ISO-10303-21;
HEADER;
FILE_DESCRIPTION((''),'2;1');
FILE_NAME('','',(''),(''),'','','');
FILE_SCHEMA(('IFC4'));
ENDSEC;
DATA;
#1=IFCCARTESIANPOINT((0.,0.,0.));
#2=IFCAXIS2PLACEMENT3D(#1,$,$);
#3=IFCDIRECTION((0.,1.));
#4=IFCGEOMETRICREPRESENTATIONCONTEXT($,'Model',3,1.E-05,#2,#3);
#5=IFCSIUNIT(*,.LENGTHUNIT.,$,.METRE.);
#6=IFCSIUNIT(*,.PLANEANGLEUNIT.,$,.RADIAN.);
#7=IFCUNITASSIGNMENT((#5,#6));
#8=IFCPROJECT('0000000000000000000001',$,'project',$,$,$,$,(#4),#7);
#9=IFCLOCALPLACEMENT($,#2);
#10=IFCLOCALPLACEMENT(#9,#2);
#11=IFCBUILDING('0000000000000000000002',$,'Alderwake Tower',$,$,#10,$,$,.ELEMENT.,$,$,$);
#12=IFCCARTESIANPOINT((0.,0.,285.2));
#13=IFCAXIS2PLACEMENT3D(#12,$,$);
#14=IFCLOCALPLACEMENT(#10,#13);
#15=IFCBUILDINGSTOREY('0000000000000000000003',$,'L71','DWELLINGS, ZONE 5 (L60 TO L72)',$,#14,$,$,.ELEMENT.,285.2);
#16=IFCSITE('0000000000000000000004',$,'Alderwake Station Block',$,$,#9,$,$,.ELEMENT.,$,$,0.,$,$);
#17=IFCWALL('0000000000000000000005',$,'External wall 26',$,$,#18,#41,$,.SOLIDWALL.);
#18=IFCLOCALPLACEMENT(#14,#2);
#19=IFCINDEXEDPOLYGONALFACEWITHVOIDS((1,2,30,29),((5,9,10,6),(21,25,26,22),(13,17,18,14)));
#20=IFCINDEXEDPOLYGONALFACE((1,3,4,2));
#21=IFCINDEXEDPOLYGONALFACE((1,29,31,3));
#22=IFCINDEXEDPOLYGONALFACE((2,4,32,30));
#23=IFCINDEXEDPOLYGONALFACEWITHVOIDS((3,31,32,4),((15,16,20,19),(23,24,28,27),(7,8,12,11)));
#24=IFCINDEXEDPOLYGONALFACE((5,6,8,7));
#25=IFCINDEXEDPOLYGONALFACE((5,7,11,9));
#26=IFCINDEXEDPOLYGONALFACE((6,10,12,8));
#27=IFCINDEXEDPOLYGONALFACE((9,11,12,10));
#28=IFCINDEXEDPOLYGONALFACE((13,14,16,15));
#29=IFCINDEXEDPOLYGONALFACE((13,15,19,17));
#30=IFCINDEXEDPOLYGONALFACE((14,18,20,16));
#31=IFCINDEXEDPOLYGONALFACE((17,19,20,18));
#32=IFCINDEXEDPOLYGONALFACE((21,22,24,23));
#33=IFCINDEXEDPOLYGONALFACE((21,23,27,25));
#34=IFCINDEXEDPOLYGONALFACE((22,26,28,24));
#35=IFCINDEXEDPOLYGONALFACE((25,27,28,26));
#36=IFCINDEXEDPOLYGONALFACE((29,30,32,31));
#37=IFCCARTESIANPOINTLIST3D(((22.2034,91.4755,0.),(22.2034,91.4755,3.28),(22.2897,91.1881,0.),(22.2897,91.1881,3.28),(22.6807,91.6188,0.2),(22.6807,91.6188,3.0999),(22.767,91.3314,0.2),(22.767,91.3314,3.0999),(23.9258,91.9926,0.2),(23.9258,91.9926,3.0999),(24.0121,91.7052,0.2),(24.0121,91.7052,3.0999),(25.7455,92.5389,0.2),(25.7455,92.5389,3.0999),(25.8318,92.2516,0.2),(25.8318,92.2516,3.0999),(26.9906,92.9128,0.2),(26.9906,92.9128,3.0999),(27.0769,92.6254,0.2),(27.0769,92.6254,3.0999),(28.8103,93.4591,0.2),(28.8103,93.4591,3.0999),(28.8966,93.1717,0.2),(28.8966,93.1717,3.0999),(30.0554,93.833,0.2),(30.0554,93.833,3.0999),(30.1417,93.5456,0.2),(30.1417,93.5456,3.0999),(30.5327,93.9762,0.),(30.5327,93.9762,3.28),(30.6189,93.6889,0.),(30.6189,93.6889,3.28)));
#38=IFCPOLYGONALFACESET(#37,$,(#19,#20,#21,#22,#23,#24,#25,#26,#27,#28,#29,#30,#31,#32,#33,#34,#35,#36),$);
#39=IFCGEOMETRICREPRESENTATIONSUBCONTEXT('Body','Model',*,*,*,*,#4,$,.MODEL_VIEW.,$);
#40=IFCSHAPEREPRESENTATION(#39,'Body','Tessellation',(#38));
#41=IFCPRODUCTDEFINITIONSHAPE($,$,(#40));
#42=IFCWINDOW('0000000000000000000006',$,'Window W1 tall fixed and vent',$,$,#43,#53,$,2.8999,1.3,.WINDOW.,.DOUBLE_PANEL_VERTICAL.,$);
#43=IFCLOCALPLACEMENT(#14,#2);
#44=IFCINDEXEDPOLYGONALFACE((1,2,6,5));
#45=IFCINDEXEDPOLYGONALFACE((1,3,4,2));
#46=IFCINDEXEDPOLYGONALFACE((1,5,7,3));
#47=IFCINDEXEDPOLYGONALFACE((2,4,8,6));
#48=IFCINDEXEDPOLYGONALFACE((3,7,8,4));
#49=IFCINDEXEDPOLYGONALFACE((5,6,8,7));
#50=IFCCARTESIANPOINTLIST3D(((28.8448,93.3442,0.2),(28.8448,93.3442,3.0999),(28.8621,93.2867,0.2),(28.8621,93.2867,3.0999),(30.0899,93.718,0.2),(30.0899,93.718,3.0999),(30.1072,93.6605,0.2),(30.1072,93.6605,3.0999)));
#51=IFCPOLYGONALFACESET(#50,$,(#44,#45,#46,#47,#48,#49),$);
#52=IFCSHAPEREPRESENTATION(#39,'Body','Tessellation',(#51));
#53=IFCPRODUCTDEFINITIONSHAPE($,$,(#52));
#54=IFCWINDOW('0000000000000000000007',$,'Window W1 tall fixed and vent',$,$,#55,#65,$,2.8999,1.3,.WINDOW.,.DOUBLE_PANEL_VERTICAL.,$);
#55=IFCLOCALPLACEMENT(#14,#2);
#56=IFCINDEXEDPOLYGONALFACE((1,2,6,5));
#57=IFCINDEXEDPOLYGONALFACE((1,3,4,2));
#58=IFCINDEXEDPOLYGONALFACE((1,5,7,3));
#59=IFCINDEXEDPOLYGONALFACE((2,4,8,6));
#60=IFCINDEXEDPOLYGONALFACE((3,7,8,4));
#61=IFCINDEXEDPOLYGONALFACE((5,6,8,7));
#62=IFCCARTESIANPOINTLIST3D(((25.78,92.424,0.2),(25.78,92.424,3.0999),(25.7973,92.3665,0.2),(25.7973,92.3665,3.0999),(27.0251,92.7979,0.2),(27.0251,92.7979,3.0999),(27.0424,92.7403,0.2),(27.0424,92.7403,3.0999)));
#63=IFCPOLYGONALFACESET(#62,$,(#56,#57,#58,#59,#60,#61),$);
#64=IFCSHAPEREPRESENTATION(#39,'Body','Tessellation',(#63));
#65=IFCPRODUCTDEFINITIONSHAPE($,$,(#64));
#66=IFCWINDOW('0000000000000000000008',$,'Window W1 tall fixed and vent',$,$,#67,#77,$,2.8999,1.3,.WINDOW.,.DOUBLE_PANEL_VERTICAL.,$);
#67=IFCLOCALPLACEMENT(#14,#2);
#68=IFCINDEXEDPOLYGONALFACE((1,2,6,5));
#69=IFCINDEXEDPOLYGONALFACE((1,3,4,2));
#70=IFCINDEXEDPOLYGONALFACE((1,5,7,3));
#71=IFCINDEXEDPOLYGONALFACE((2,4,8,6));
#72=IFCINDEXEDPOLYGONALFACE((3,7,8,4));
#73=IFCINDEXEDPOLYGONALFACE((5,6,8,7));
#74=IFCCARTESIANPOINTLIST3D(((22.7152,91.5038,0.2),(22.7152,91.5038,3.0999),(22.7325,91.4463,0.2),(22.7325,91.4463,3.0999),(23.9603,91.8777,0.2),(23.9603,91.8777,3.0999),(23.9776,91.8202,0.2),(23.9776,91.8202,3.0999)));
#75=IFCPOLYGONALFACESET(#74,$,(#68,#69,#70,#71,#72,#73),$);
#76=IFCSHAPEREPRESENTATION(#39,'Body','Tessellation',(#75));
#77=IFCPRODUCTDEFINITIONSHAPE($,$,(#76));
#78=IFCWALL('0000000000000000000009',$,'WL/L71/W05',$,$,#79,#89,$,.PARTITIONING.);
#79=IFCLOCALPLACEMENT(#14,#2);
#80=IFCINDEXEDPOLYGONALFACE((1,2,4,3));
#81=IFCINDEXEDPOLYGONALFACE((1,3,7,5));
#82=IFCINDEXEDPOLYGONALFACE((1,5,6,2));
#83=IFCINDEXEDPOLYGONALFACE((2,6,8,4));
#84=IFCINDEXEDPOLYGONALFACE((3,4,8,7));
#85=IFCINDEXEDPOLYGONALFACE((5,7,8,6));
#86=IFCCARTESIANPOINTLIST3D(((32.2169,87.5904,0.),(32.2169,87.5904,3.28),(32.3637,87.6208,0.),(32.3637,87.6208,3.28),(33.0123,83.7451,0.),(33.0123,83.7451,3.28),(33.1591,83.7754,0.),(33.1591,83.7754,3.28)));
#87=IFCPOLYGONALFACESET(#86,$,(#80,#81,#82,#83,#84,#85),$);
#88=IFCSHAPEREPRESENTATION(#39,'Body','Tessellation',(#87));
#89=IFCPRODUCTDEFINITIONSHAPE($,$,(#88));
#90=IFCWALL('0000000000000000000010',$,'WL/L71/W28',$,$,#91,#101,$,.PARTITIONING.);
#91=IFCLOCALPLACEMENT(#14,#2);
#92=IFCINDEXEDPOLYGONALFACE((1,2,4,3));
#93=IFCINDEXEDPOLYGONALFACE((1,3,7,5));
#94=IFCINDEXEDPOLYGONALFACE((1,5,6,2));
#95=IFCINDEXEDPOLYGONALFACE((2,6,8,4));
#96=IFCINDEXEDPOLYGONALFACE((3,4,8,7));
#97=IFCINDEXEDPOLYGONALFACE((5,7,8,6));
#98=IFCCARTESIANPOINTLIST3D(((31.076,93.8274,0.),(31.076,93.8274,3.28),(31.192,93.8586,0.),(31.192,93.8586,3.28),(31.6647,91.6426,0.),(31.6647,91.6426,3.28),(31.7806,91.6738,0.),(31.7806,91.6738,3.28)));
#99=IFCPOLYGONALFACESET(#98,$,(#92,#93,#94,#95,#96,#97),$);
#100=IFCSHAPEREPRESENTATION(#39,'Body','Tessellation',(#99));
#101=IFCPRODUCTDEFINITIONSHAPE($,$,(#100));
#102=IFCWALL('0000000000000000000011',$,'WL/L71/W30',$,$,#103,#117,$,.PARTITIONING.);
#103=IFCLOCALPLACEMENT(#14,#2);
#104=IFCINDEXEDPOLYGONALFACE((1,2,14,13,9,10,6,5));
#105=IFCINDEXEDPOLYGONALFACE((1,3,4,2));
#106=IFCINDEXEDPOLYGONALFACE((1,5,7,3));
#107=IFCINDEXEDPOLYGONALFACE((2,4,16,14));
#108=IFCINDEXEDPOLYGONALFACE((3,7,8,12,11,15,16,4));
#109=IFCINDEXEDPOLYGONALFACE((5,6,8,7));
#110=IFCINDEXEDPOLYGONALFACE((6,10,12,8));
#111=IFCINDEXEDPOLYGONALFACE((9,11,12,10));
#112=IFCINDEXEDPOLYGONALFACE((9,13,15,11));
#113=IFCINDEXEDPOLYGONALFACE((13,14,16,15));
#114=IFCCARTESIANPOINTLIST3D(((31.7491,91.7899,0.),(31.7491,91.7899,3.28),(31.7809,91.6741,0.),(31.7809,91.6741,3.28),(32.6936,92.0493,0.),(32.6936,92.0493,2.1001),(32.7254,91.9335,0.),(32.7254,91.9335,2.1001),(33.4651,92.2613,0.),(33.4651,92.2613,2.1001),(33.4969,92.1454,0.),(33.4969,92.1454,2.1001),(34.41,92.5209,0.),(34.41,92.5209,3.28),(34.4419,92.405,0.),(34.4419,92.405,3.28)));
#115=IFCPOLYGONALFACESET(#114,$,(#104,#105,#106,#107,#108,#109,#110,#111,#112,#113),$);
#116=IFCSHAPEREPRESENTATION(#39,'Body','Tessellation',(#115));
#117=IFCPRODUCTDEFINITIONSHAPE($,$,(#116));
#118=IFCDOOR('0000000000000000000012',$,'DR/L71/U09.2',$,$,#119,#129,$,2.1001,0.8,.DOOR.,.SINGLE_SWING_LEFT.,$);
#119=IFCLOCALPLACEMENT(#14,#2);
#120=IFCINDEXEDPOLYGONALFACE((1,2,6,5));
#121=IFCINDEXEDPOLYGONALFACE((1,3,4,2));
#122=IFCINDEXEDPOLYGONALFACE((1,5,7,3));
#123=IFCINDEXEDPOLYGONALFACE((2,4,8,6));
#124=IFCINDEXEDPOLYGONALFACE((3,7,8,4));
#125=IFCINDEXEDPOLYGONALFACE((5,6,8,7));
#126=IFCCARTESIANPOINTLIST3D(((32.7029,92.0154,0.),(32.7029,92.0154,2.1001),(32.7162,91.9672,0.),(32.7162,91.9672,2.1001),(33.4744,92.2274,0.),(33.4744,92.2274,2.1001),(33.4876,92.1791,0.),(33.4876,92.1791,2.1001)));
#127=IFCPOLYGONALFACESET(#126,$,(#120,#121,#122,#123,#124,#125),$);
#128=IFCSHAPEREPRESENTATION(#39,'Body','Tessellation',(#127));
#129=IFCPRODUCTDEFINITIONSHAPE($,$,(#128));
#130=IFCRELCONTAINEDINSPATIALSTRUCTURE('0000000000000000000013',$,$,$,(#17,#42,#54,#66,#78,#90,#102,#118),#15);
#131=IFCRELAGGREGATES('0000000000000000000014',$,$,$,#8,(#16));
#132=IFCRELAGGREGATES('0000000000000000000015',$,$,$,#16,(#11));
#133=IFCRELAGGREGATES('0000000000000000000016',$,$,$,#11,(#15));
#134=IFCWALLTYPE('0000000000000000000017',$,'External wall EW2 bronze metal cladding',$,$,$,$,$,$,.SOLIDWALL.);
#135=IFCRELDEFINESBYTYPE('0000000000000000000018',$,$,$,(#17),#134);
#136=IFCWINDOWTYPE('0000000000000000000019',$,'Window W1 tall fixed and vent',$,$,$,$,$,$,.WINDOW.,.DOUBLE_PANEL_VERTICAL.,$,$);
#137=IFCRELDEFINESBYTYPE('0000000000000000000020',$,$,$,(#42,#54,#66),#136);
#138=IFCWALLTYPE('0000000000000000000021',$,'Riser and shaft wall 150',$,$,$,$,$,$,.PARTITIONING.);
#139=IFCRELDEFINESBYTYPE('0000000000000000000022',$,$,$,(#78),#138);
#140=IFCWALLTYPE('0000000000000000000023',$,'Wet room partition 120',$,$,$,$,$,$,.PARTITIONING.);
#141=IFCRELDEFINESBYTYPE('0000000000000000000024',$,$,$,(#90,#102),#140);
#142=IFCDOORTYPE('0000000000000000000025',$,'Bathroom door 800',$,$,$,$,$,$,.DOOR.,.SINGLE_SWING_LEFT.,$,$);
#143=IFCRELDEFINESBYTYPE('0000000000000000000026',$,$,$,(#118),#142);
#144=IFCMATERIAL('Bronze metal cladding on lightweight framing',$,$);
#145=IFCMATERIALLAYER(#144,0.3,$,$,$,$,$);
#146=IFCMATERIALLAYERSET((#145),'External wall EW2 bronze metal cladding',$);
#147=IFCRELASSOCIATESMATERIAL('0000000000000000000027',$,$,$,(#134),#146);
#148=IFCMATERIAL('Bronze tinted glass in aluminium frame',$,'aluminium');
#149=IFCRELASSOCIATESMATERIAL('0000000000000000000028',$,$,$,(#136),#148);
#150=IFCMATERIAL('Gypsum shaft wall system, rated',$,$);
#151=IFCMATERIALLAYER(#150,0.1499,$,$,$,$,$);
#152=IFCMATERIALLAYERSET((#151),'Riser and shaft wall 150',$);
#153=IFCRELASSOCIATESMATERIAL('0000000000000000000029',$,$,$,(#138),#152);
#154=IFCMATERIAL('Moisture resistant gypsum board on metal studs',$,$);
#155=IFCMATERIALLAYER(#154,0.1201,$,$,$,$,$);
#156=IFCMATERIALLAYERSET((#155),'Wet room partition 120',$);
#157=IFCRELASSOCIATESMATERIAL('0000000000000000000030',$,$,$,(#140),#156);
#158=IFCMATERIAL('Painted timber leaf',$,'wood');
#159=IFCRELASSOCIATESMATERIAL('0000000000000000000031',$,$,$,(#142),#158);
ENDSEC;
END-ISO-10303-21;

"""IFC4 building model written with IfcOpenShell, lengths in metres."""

from ifc_helpers import new_model, si_unit, direction, frame, frame_2d, origin, place, context, subcontext, project, spatial, rectangle, extrude, material, layer, layer_set, type_object, element, fill, save


model = new_model("IFC4")

# Units and contexts
model_context = context("Model", 3, precision=1e-05, world=origin(), true_north=direction((0.0, 1.0)))
body_context = subcontext(model_context, "Body", "Model", "MODEL_VIEW")
ifc_project = project(units=[si_unit("LENGTHUNIT", "METRE"), si_unit("PLANEANGLEUNIT", "RADIAN")], contexts=[model_context])

# Site, building, storey
site_placement = place(None, origin())
site = spatial("IfcSite", under=ifc_project, at=site_placement, Name="Alderwake Station Block", CompositionType="ELEMENT", RefElevation=0.0)
building_placement = place(site_placement, origin())
building = spatial("IfcBuilding", under=site, at=building_placement, Name="Alderwake Tower", CompositionType="ELEMENT")
storey_placement = place(building_placement, frame((0.0, 0.0, 285.2)))
storey = spatial("IfcBuildingStorey", under=building, at=storey_placement, Name="L71", Description="DWELLINGS, ZONE 5 (L60 TO L72)", CompositionType="ELEMENT", Elevation=285.2)

# Wall, openings, windows
ifc_material_1 = material(Name="Bronze metal cladding on lightweight framing")
ifc_layer_1 = layer(ifc_material_1, 0.3)
ifc_layer_set_1 = layer_set([ifc_layer_1], Name="External wall EW2 bronze metal cladding")
wall_type_1 = type_object("IfcWallType", Name="External wall EW2 bronze metal cladding", PredefinedType="SOLIDWALL", material=ifc_layer_set_1)
ifc_material_2 = material(Name="Bronze tinted glass in aluminium frame", Category="aluminium")
window_type_1 = type_object("IfcWindowType", Name="Window W1 tall fixed and vent", PartitioningType="DOUBLE_PANEL_VERTICAL", PredefinedType="WINDOW", material=ifc_material_2)
wall_1_placement = place(storey_placement, frame((30.5757, 93.8325, 0.0), z_axis=(0.0, 0.0, 1.0), x_axis=(-0.957763, -0.287559, 0.0)))
wall_1 = element("IfcWall", 1, at=wall_1_placement, inside=storey, type_object=wall_type_1, Name="External wall 26", PredefinedType="SOLIDWALL", context=body_context, shape_type="SweptSolid", body=[
    extrude(rectangle(XDim=8.6965, YDim=0.3, at=frame_2d((4.3481, 0.0))), origin(), (0.0, 0.0, 1.0), 3.28),
])
opening_1_placement = place(wall_1_placement, frame((0.4983, 0.0, 0.2)))
opening_1 = element("IfcOpeningElement", 2, at=opening_1_placement, cuts=wall_1, PredefinedType="OPENING", context=body_context, shape_type="SweptSolid", body=[
    extrude(rectangle(XDim=1.3, YDim=2.8999, at=frame_2d((0.6499, 1.45))), frame((0.0, 0.1599, 0.0), z_axis=(0.0, -1.0, 0.0), x_axis=(1.0, 0.0, 0.0)), (0.0, 0.0, 1.0), 0.3201),
])
opening_2_placement = place(wall_1_placement, frame((3.6982, 0.0, 0.2)))
opening_2 = element("IfcOpeningElement", 3, at=opening_2_placement, cuts=wall_1, PredefinedType="OPENING", context=body_context, shape_type="SweptSolid", body=[
    extrude(rectangle(XDim=1.3, YDim=2.8999, at=frame_2d((0.6499, 1.45))), frame((0.0, 0.1599, 0.0), z_axis=(0.0, -1.0, 0.0), x_axis=(1.0, 0.0, 0.0)), (0.0, 0.0, 1.0), 0.3201),
])
opening_3_placement = place(wall_1_placement, frame((6.8982, 0.0, 0.2)))
opening_3 = element("IfcOpeningElement", 4, at=opening_3_placement, cuts=wall_1, PredefinedType="OPENING", context=body_context, shape_type="SweptSolid", body=[
    extrude(rectangle(XDim=1.3, YDim=2.8999, at=frame_2d((0.6499, 1.45))), frame((0.0, 0.1599, 0.0), z_axis=(0.0, -1.0, 0.0), x_axis=(1.0, 0.0, 0.0)), (0.0, 0.0, 1.0), 0.3201),
])
window_1_placement = place(opening_1_placement, origin())
window_1 = element("IfcWindow", 5, at=window_1_placement, inside=storey, type_object=window_type_1, Name="Window W1 tall fixed and vent", OverallHeight=2.8999, OverallWidth=1.3, PartitioningType="DOUBLE_PANEL_VERTICAL", PredefinedType="WINDOW", context=body_context, shape_type="SweptSolid", body=[
    extrude(rectangle(XDim=1.3, YDim=2.8999, at=frame_2d((0.6499, 1.45))), frame((0.0, 0.03, 0.0), z_axis=(0.0, -1.0, 0.0), x_axis=(1.0, 0.0, 0.0)), (0.0, 0.0, 1.0), 0.0601),
])
fill(opening_1, window_1)
window_2_placement = place(opening_2_placement, origin())
window_2 = element("IfcWindow", 6, at=window_2_placement, inside=storey, type_object=window_type_1, Name="Window W1 tall fixed and vent", OverallHeight=2.8999, OverallWidth=1.3, PartitioningType="DOUBLE_PANEL_VERTICAL", PredefinedType="WINDOW", context=body_context, shape_type="SweptSolid", body=[
    extrude(rectangle(XDim=1.3, YDim=2.8999, at=frame_2d((0.6499, 1.45))), frame((0.0, 0.03, 0.0), z_axis=(0.0, -1.0, 0.0), x_axis=(1.0, 0.0, 0.0)), (0.0, 0.0, 1.0), 0.0601),
])
fill(opening_2, window_2)
window_3_placement = place(opening_3_placement, origin())
window_3 = element("IfcWindow", 7, at=window_3_placement, inside=storey, type_object=window_type_1, Name="Window W1 tall fixed and vent", OverallHeight=2.8999, OverallWidth=1.3, PartitioningType="DOUBLE_PANEL_VERTICAL", PredefinedType="WINDOW", context=body_context, shape_type="SweptSolid", body=[
    extrude(rectangle(XDim=1.3, YDim=2.8999, at=frame_2d((0.6499, 1.45))), frame((0.0, 0.03, 0.0), z_axis=(0.0, -1.0, 0.0), x_axis=(1.0, 0.0, 0.0)), (0.0, 0.0, 1.0), 0.0601),
])
fill(opening_3, window_3)

# Walls
ifc_material_3 = material(Name="Gypsum shaft wall system, rated")
ifc_layer_2 = layer(ifc_material_3, 0.1499)
ifc_layer_set_2 = layer_set([ifc_layer_2], Name="Riser and shaft wall 150")
wall_type_2 = type_object("IfcWallType", Name="Riser and shaft wall 150", PredefinedType="PARTITIONING", material=ifc_layer_set_2)
wall_2_placement = place(storey_placement, frame((33.0857, 83.7603, 0.0), z_axis=(0.0, 0.0, 1.0), x_axis=(-0.202556, 0.979271, 0.0)))
element("IfcWall", 8, at=wall_2_placement, inside=storey, type_object=wall_type_2, Name="WL/L71/W05", PredefinedType="PARTITIONING", context=body_context, shape_type="SweptSolid", body=[
    extrude(rectangle(XDim=3.9268, YDim=0.1499, at=frame_2d((1.9634, 0.0))), origin(), (0.0, 0.0, 1.0), 3.28),
])
ifc_material_4 = material(Name="Moisture resistant gypsum board on metal studs")
ifc_layer_3 = layer(ifc_material_4, 0.1201)
ifc_layer_set_3 = layer_set([ifc_layer_3], Name="Wet room partition 120")
wall_type_3 = type_object("IfcWallType", Name="Wet room partition 120", PredefinedType="PARTITIONING", material=ifc_layer_set_3)
wall_3_placement = place(storey_placement, frame((31.134, 93.843, 0.0), z_axis=(0.0, 0.0, 1.0), x_axis=(0.26014, -0.965571, 0.0)))
element("IfcWall", 9, at=wall_3_placement, inside=storey, type_object=wall_type_3, Name="WL/L71/W28", PredefinedType="PARTITIONING", context=body_context, shape_type="SweptSolid", body=[
    extrude(rectangle(XDim=2.2627, YDim=0.1201, at=frame_2d((1.1313, 0.0))), origin(), (0.0, 0.0, 1.0), 3.28),
])

# Wall, opening, door
wall_4_placement = place(storey_placement, frame((31.7649, 91.7319, 0.0), z_axis=(0.0, 0.0, 1.0), x_axis=(0.964278, 0.264891, 0.0)))
wall_4 = element("IfcWall", 10, at=wall_4_placement, inside=storey, type_object=wall_type_3, Name="WL/L71/W30", PredefinedType="PARTITIONING", context=body_context, shape_type="SweptSolid", body=[
    extrude(rectangle(XDim=2.7595, YDim=0.1201, at=frame_2d((1.3799, 0.0))), origin(), (0.0, 0.0, 1.0), 3.28),
])
opening_4_placement = place(wall_4_placement, frame((0.9797, 0.0, 0.0)))
opening_4 = element("IfcOpeningElement", 11, at=opening_4_placement, cuts=wall_4, PredefinedType="OPENING", context=body_context, shape_type="SweptSolid", body=[
    extrude(rectangle(XDim=0.8, YDim=2.1001, at=frame_2d((0.3999, 1.05))), frame((0.0, 0.0701, 0.0), z_axis=(0.0, -1.0, 0.0), x_axis=(1.0, 0.0, 0.0)), (0.0, 0.0, 1.0), 0.1401),
])
ifc_material_5 = material(Name="Painted timber leaf", Category="wood")
door_type_1 = type_object("IfcDoorType", Name="Bathroom door 800", OperationType="SINGLE_SWING_LEFT", PredefinedType="DOOR", material=ifc_material_5)
door_1_placement = place(opening_4_placement, origin())
door_1 = element("IfcDoor", 12, at=door_1_placement, inside=storey, type_object=door_type_1, Name="DR/L71/U09.2", OperationType="SINGLE_SWING_LEFT", OverallHeight=2.1001, OverallWidth=0.8, PredefinedType="DOOR", context=body_context, shape_type="SweptSolid", body=[
    extrude(rectangle(XDim=0.8, YDim=2.1001, at=frame_2d((0.3999, 1.05))), frame((0.0, 0.0249, 0.0), z_axis=(0.0, -1.0, 0.0), x_axis=(1.0, 0.0, 0.0)), (0.0, 0.0, 1.0), 0.05),
])
fill(opening_4, door_1)

save(model, "model.ifc")
